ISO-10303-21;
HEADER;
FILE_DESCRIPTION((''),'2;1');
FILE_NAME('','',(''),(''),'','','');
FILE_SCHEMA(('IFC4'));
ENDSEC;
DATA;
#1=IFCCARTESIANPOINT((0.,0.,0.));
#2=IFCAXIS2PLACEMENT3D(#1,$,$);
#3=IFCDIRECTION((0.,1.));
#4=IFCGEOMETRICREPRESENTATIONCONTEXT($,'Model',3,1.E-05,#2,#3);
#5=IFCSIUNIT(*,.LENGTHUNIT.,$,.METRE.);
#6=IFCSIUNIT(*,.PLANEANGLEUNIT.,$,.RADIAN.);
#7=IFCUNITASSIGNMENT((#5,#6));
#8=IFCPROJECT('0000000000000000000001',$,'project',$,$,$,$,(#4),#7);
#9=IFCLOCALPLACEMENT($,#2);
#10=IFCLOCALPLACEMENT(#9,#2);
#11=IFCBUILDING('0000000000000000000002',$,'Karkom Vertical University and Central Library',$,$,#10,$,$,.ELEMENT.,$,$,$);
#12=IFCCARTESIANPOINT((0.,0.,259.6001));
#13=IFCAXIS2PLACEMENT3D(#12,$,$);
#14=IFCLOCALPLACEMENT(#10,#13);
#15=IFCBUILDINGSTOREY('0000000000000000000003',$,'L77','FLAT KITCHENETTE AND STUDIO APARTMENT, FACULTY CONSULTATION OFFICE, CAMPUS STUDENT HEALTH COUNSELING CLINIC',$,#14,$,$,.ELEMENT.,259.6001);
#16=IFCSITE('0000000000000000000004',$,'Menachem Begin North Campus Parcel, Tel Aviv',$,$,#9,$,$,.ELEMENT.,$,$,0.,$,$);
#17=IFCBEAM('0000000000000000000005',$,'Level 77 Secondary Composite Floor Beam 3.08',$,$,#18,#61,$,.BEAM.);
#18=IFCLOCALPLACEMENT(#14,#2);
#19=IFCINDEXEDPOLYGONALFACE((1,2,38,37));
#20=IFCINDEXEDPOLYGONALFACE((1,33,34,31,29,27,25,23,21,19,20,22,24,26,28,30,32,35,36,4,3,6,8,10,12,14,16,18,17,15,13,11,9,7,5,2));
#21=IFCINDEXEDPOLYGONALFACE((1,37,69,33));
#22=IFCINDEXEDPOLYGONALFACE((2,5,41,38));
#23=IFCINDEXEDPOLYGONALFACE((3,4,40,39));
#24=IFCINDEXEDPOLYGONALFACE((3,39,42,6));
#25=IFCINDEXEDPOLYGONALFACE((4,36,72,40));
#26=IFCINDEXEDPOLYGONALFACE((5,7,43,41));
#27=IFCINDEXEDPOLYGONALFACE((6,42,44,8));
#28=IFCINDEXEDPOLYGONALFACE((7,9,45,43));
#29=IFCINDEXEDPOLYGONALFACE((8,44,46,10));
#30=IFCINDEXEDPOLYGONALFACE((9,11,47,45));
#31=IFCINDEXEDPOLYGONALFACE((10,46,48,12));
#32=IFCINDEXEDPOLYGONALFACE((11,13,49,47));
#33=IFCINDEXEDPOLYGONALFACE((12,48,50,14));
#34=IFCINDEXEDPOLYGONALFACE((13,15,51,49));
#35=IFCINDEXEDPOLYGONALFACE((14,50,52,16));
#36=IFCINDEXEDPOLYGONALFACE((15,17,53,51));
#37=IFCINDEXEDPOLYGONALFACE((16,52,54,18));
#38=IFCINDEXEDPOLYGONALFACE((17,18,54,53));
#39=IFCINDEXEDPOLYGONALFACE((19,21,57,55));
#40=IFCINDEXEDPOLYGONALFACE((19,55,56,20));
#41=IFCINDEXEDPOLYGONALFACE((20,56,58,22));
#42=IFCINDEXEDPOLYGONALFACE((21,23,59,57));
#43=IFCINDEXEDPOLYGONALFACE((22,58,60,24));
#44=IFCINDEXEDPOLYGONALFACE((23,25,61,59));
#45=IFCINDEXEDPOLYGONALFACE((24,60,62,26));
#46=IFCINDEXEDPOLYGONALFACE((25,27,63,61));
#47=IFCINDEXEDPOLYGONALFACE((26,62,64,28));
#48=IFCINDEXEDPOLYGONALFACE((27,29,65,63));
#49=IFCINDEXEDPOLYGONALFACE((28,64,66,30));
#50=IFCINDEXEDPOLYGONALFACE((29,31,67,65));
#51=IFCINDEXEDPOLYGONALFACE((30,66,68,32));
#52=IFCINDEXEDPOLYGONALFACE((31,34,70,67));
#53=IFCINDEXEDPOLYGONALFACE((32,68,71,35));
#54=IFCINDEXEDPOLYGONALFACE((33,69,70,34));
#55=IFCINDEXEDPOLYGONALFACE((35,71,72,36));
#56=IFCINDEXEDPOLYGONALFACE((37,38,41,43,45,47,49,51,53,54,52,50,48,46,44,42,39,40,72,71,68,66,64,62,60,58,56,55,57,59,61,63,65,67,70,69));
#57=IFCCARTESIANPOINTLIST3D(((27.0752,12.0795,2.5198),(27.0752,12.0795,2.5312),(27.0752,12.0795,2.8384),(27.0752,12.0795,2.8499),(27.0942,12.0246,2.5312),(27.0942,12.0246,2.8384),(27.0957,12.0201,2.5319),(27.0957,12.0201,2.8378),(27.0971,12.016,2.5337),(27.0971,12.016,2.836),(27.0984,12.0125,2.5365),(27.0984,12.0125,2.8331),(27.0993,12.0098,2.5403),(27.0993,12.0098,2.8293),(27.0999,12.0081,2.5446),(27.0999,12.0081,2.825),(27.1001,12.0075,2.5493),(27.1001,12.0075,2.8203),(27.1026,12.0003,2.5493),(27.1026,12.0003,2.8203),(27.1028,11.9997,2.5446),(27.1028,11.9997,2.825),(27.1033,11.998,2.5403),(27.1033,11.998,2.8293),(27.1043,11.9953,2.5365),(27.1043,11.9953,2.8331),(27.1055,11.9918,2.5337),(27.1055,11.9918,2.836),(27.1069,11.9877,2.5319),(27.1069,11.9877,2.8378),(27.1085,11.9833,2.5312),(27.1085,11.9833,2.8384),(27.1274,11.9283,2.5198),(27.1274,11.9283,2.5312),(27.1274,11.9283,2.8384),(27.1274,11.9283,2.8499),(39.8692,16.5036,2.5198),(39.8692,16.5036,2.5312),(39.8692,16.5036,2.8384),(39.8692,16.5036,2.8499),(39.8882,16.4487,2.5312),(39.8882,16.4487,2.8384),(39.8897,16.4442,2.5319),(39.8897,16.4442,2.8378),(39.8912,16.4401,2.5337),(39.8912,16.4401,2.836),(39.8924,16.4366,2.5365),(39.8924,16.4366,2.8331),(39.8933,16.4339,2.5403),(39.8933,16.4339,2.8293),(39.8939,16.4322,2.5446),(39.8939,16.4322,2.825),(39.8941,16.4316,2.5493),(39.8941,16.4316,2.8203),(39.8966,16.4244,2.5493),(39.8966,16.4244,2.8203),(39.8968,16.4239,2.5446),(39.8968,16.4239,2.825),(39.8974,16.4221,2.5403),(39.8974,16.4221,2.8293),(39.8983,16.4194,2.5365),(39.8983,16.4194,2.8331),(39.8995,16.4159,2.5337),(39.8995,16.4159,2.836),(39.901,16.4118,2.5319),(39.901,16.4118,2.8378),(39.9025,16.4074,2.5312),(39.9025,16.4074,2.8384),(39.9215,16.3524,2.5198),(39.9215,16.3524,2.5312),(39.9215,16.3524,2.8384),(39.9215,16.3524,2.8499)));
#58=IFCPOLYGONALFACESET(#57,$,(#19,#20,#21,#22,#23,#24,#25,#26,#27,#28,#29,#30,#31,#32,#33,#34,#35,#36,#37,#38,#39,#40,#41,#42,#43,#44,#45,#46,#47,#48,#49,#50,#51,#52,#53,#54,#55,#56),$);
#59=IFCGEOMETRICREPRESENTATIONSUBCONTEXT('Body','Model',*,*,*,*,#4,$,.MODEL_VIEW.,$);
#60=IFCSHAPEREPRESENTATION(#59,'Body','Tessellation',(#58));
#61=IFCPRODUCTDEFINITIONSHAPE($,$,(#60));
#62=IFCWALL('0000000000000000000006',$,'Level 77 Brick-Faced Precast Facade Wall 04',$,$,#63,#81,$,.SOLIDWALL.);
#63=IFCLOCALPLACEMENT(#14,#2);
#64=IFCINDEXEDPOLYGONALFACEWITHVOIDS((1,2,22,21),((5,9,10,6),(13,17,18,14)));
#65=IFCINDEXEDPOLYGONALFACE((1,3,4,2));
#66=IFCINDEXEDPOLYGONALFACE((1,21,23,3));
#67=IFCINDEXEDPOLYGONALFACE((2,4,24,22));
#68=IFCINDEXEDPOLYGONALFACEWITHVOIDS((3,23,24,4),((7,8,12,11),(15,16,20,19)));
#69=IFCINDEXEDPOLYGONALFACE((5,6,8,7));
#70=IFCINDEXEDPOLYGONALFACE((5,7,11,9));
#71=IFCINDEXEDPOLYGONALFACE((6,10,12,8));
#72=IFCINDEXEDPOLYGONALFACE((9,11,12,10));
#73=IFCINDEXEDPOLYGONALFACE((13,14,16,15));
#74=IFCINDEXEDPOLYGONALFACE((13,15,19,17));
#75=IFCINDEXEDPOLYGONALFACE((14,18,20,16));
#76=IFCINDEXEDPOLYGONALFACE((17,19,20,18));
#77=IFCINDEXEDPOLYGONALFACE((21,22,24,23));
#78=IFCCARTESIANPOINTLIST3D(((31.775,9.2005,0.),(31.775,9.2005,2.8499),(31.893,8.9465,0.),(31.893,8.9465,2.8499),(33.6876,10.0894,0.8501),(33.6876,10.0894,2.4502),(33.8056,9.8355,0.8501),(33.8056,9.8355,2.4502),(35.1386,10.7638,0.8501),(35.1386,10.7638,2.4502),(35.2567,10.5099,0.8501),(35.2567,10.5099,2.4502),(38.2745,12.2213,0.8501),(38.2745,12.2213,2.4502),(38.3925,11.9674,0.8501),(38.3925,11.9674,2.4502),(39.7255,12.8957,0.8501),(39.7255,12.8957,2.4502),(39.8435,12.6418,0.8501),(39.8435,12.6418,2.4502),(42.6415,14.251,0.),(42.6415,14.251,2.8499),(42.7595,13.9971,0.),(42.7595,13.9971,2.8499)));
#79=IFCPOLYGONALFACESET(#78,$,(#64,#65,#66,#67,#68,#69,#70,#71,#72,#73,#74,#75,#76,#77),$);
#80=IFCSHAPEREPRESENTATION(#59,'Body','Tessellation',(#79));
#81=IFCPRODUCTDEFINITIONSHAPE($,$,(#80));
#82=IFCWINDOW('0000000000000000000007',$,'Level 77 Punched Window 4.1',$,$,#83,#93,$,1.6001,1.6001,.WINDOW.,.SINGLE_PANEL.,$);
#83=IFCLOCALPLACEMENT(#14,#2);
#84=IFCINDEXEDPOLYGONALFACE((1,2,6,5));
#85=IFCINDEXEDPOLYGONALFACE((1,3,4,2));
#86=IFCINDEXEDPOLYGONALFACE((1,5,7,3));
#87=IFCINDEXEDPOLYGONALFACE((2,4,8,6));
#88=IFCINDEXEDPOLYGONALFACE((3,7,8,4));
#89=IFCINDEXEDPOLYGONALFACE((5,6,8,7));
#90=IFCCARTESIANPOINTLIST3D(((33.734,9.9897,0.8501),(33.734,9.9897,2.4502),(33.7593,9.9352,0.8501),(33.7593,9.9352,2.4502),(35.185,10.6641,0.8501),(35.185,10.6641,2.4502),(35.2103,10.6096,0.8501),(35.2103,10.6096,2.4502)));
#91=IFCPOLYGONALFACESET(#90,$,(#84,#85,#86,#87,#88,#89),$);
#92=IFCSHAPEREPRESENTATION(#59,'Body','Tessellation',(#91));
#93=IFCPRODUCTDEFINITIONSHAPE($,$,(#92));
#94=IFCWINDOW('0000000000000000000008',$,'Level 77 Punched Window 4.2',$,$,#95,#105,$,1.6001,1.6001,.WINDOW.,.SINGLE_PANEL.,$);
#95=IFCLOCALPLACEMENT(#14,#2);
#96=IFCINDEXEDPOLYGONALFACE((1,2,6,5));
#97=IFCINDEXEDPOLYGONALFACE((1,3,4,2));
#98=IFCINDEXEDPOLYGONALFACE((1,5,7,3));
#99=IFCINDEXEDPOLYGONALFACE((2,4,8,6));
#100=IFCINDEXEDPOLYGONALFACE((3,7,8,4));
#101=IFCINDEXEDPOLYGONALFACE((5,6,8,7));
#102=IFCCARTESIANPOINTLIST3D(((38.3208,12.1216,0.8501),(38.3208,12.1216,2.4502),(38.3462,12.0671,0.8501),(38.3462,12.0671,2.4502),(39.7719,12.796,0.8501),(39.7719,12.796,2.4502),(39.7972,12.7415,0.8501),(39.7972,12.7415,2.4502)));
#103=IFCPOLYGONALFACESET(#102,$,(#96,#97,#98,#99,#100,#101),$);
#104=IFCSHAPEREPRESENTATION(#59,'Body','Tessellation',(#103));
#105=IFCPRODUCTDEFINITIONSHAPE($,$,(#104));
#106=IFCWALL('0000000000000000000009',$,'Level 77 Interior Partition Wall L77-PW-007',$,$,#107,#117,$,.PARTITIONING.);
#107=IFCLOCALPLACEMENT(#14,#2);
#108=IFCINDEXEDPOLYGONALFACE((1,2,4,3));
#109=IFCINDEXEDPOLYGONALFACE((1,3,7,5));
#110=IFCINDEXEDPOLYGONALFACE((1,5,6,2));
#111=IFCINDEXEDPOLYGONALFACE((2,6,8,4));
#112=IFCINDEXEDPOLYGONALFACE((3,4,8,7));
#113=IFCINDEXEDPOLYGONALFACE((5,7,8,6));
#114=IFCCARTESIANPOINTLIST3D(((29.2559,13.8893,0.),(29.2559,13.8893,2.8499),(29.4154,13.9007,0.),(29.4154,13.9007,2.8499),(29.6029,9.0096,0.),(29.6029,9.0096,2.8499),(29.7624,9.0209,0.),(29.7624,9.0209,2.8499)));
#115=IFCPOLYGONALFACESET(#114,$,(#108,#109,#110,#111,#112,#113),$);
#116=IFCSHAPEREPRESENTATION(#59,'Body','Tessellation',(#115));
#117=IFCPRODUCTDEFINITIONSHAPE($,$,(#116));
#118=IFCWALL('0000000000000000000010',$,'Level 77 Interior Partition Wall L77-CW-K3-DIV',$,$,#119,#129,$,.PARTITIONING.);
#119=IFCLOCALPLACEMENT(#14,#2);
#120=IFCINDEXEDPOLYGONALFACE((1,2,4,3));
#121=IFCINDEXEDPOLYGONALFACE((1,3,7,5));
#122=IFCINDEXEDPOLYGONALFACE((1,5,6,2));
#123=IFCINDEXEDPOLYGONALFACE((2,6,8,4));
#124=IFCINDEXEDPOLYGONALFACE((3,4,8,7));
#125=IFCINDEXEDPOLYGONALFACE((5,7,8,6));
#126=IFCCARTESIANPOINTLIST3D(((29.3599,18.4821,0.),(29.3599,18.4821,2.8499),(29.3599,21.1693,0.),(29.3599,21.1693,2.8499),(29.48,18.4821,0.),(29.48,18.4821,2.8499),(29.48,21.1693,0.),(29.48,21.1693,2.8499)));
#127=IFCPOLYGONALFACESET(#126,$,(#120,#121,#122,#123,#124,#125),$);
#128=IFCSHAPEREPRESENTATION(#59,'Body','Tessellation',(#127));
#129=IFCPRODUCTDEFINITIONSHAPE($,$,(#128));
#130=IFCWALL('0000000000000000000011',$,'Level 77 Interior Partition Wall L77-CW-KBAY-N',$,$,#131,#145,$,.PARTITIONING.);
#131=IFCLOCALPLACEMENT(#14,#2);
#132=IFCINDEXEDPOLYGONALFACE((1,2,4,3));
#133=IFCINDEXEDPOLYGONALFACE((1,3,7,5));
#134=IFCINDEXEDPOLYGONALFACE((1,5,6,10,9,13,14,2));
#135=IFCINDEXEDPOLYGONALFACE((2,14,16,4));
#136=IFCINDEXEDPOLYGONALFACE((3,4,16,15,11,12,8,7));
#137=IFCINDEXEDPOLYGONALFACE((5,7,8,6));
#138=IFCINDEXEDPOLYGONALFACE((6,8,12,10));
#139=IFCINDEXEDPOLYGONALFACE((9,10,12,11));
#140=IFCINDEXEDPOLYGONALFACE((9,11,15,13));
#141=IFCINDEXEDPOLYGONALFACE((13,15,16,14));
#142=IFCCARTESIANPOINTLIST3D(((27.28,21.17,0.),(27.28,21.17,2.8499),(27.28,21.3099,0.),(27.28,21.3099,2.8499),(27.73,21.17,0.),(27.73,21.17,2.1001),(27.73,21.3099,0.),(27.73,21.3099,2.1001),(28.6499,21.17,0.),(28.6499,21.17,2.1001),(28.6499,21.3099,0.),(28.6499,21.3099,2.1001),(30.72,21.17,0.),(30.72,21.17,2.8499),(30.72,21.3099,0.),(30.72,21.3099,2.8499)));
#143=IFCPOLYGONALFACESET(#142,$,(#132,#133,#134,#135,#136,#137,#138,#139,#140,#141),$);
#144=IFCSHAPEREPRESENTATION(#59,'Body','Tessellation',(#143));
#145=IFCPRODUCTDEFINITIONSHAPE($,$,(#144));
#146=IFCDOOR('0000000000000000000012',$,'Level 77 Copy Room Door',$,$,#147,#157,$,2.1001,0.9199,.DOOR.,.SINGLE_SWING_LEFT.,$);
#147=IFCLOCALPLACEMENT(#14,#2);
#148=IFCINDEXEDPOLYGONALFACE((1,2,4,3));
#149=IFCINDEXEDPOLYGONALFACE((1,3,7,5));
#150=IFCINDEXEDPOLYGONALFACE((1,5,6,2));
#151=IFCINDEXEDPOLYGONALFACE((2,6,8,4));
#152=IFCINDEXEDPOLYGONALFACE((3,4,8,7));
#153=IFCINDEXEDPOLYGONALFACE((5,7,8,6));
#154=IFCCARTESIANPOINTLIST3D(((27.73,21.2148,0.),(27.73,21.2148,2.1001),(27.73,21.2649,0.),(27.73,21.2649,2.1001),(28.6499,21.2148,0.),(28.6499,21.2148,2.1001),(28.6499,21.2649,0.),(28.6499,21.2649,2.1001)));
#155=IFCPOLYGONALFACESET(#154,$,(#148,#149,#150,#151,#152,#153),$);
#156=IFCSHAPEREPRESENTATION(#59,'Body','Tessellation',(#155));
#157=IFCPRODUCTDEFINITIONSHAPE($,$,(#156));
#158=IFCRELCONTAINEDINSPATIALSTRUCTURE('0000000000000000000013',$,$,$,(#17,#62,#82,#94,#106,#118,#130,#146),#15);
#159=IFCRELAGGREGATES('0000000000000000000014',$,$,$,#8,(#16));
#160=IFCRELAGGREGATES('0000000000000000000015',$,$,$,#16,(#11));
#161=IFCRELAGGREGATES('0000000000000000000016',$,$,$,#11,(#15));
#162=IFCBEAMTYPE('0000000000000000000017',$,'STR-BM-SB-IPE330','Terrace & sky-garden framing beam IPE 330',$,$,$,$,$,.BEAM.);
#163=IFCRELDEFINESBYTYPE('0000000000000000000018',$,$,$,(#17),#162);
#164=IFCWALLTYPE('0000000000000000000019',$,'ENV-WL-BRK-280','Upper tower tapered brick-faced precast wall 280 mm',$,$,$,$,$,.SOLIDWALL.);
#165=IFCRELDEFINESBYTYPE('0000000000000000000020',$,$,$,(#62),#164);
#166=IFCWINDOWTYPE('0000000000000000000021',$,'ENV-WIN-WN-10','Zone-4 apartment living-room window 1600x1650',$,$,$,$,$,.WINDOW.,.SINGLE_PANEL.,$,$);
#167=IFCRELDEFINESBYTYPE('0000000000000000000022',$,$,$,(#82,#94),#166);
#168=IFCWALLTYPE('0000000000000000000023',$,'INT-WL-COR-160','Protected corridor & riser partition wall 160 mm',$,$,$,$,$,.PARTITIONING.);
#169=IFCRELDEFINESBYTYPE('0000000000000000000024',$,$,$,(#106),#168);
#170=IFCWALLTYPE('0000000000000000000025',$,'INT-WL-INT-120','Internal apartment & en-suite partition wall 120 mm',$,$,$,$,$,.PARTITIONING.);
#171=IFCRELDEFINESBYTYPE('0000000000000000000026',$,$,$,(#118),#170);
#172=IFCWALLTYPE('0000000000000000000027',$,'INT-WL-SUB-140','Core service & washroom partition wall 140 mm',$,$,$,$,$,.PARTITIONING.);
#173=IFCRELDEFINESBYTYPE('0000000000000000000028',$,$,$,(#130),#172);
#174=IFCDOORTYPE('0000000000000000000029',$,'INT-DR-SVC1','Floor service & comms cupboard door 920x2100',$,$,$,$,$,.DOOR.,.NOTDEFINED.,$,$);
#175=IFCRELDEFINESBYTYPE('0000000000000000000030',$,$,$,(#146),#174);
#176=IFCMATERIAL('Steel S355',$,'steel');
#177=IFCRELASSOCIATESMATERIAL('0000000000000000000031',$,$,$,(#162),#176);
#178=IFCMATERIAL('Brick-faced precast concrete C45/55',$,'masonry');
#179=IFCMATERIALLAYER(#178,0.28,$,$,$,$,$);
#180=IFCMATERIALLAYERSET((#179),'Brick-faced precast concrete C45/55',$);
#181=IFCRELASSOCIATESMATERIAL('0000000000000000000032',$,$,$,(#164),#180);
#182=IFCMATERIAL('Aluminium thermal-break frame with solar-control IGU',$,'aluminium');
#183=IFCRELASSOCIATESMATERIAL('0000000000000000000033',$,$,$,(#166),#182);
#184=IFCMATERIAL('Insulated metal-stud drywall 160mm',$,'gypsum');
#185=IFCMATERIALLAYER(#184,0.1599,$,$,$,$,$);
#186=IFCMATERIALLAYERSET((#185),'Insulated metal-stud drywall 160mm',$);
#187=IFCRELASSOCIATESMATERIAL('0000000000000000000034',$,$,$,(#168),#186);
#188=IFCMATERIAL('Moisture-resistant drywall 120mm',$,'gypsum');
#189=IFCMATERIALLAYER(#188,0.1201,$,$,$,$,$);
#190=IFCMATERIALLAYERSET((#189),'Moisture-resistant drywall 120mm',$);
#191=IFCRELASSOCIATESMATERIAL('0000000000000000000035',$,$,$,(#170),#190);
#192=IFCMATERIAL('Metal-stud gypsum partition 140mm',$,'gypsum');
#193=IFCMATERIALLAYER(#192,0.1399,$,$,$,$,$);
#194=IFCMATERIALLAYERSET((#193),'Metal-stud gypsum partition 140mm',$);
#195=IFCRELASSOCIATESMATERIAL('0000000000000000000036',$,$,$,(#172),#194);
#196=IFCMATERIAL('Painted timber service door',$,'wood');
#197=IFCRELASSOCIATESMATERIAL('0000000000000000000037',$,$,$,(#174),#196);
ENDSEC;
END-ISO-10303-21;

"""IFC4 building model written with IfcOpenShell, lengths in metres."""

from ifc_helpers import new_model, si_unit, direction, frame, frame_2d, origin, origin_with_axes, origin_2d, place, context, subcontext, project, spatial, rectangle, i_section, extrude, source, transform, mapped, material, layer, layer_set, material_profile, profile_set, type_object, element, fill, save


model = new_model("IFC4")

# Units and contexts
model_context = context("Model", 3, precision=1e-05, world=origin(), true_north=direction((0.0, 1.0)))
body_context = subcontext(model_context, "Body", "Model", "MODEL_VIEW")
ifc_project = project(units=[si_unit("LENGTHUNIT", "METRE"), si_unit("PLANEANGLEUNIT", "RADIAN")], contexts=[model_context])

# Site, building, storey
site_placement = place(None, origin())
site = spatial("IfcSite", under=ifc_project, at=site_placement, Name="Menachem Begin North Campus Parcel, Tel Aviv", CompositionType="ELEMENT", RefElevation=0.0)
building_placement = place(site_placement, origin())
building = spatial("IfcBuilding", under=site, at=building_placement, Name="Karkom Vertical University and Central Library", CompositionType="ELEMENT")
storey_placement = place(building_placement, frame((0.0, 0.0, 259.6001)))
storey = spatial("IfcBuildingStorey", under=building, at=storey_placement, Name="L77", Description="FLAT KITCHENETTE AND STUDIO APARTMENT, FACULTY CONSULTATION OFFICE, CAMPUS STUDENT HEALTH COUNSELING CLINIC", CompositionType="ELEMENT", Elevation=259.6001)

# Beam
ifc_material_1 = material(Name="Steel S355", Category="steel")
ifc_material_profile_1 = material_profile(ifc_material_1, i_section(OverallWidth=0.1599, OverallDepth=0.3301, WebThickness=0.0076, FlangeThickness=0.0115, FilletRadius=0.0181, at=origin_2d()), Name="IPE 330")
ifc_profile_set_1 = profile_set([ifc_material_profile_1], Name="Steel S355")
beam_type_1 = type_object("IfcBeamType", Name="STR-BM-SB-IPE330", Description="Terrace & sky-garden framing beam IPE 330", PredefinedType="BEAM", material=ifc_profile_set_1)
shared_shape_1 = source(origin_with_axes(), body_context, "Body", "SweptSolid", [
    extrude(i_section(OverallWidth=0.1599, OverallDepth=0.3301, WebThickness=0.0076, FlangeThickness=0.0115, FilletRadius=0.0181, at=origin_2d()), origin(), (0.0, 0.0, 1.0), 13.5374),
])
beam_1_placement = place(storey_placement, frame((27.1013, 12.0039, 2.6848), z_axis=(0.945091, 0.326807, 0.0), x_axis=(-0.326807, 0.945091, 0.0)))
element("IfcBeam", 1, at=beam_1_placement, inside=storey, type_object=beam_type_1, Name="Level 77 Secondary Composite Floor Beam 3.08", PredefinedType="BEAM", context=body_context, shape_type="MappedRepresentation", body=[
    mapped(shared_shape_1, transform((0.0, 0.0, 0.0), scale=1.0)),
])

# Wall, openings, windows
ifc_material_2 = material(Name="Brick-faced precast concrete C45/55", Category="masonry")
ifc_layer_1 = layer(ifc_material_2, 0.28)
ifc_layer_set_1 = layer_set([ifc_layer_1], Name="Brick-faced precast concrete C45/55")
wall_type_1 = type_object("IfcWallType", Name="ENV-WL-BRK-280", Description="Upper tower tapered brick-faced precast wall 280 mm", PredefinedType="SOLIDWALL", material=ifc_layer_set_1)
wall_1_placement = place(storey_placement, frame((31.834, 9.0735, 0.0), z_axis=(0.0, 0.0, 1.0), x_axis=(0.906837, 0.421482, 0.0)))
wall_1 = element("IfcWall", 2, at=wall_1_placement, inside=storey, type_object=wall_type_1, Name="Level 77 Brick-Faced Precast Facade Wall 04", PredefinedType="SOLIDWALL", context=body_context, shape_type="SweptSolid", body=[
    extrude(rectangle(XDim=11.9829, YDim=0.28, at=frame_2d((5.9915, 0.0))), origin(), (0.0, 0.0, 1.0), 2.8499),
])
opening_1_placement = place(wall_1_placement, frame((2.1091, 0.0, 0.8501)))
opening_1 = element("IfcOpeningElement", 3, at=opening_1_placement, cuts=wall_1, PredefinedType="OPENING", context=body_context, shape_type="SweptSolid", body=[
    extrude(rectangle(XDim=1.6001, YDim=1.6001, at=frame_2d((0.8, 0.8))), frame((0.0, 0.1499, 0.0), z_axis=(0.0, -1.0, 0.0), x_axis=(1.0, 0.0, 0.0)), (0.0, 0.0, 1.0), 0.3),
])
opening_2_placement = place(wall_1_placement, frame((7.1672, 0.0, 0.8501)))
opening_2 = element("IfcOpeningElement", 4, at=opening_2_placement, cuts=wall_1, PredefinedType="OPENING", context=body_context, shape_type="SweptSolid", body=[
    extrude(rectangle(XDim=1.6001, YDim=1.6001, at=frame_2d((0.8, 0.8))), frame((0.0, 0.1499, 0.0), z_axis=(0.0, -1.0, 0.0), x_axis=(1.0, 0.0, 0.0)), (0.0, 0.0, 1.0), 0.3),
])
ifc_material_3 = material(Name="Aluminium thermal-break frame with solar-control IGU", Category="aluminium")
window_type = type_object("IfcWindowType", Name="ENV-WIN-WN-10", Description="Zone-4 apartment living-room window 1600x1650", PartitioningType="SINGLE_PANEL", PredefinedType="WINDOW", material=ifc_material_3)
shared_shape_2 = source(origin_with_axes(), body_context, "Body", "SweptSolid", [
    extrude(rectangle(XDim=1.6001, YDim=1.6001, at=frame_2d((0.8, 0.8))), frame((0.0, 0.03, 0.0), z_axis=(0.0, -1.0, 0.0), x_axis=(1.0, 0.0, 0.0)), (0.0, 0.0, 1.0), 0.0601),
])
window_1_placement = place(opening_1_placement, origin())
window_1 = element("IfcWindow", 5, at=window_1_placement, inside=storey, type_object=window_type, Name="Level 77 Punched Window 4.1", OverallHeight=1.6001, OverallWidth=1.6001, PartitioningType="SINGLE_PANEL", PredefinedType="WINDOW", context=body_context, shape_type="MappedRepresentation", body=[
    mapped(shared_shape_2, transform((0.0, 0.0, 0.0), scale=1.0)),
])
fill(opening_1, window_1)
window_2_placement = place(opening_2_placement, origin())
window_2 = element("IfcWindow", 6, at=window_2_placement, inside=storey, type_object=window_type, Name="Level 77 Punched Window 4.2", OverallHeight=1.6001, OverallWidth=1.6001, PartitioningType="SINGLE_PANEL", PredefinedType="WINDOW", context=body_context, shape_type="MappedRepresentation", body=[
    mapped(shared_shape_2, transform((0.0, 0.0, 0.0), scale=1.0)),
])
fill(opening_2, window_2)

# Walls
ifc_material_4 = material(Name="Insulated metal-stud drywall 160mm", Category="gypsum")
ifc_layer_2 = layer(ifc_material_4, 0.1599)
ifc_layer_set_2 = layer_set([ifc_layer_2], Name="Insulated metal-stud drywall 160mm")
wall_type_2 = type_object("IfcWallType", Name="INT-WL-COR-160", Description="Protected corridor & riser partition wall 160 mm", PredefinedType="PARTITIONING", material=ifc_layer_set_2)
wall_2_placement = place(storey_placement, frame((29.3357, 13.895, 0.0), z_axis=(0.0, 0.0, 1.0), x_axis=(0.070914, -0.997482, 0.0)))
element("IfcWall", 7, at=wall_2_placement, inside=storey, type_object=wall_type_2, Name="Level 77 Interior Partition Wall L77-PW-007", PredefinedType="PARTITIONING", context=body_context, shape_type="SweptSolid", body=[
    extrude(rectangle(XDim=4.8921, YDim=0.1599, at=frame_2d((2.446, 0.0))), origin(), (0.0, 0.0, 1.0), 2.8499),
])
ifc_material_5 = material(Name="Moisture-resistant drywall 120mm", Category="gypsum")
ifc_layer_3 = layer(ifc_material_5, 0.1201)
ifc_layer_set_3 = layer_set([ifc_layer_3], Name="Moisture-resistant drywall 120mm")
wall_type_3 = type_object("IfcWallType", Name="INT-WL-INT-120", Description="Internal apartment & en-suite partition wall 120 mm", PredefinedType="PARTITIONING", material=ifc_layer_set_3)
wall_3_placement = place(storey_placement, frame((29.4199, 18.4819, 0.0), z_axis=(0.0, 0.0, 1.0), x_axis=(0.0, 1.0, 0.0)))
element("IfcWall", 8, at=wall_3_placement, inside=storey, type_object=wall_type_3, Name="Level 77 Interior Partition Wall L77-CW-K3-DIV", PredefinedType="PARTITIONING", context=body_context, shape_type="SweptSolid", body=[
    extrude(rectangle(XDim=2.6873, YDim=0.1201, at=frame_2d((1.3438, 0.0))), origin(), (0.0, 0.0, 1.0), 2.8499),
])

# Wall, opening, door
ifc_material_6 = material(Name="Metal-stud gypsum partition 140mm", Category="gypsum")
ifc_layer_4 = layer(ifc_material_6, 0.1399)
ifc_layer_set_4 = layer_set([ifc_layer_4], Name="Metal-stud gypsum partition 140mm")
wall_type_4 = type_object("IfcWallType", Name="INT-WL-SUB-140", Description="Core service & washroom partition wall 140 mm", PredefinedType="PARTITIONING", material=ifc_layer_set_4)
wall_4_placement = place(storey_placement, frame((27.28, 21.24, 0.0), z_axis=(0.0, 0.0, 1.0), x_axis=(1.0, 0.0, 0.0)))
wall_4 = element("IfcWall", 9, at=wall_4_placement, inside=storey, type_object=wall_type_4, Name="Level 77 Interior Partition Wall L77-CW-KBAY-N", PredefinedType="PARTITIONING", context=body_context, shape_type="SweptSolid", body=[
    extrude(rectangle(XDim=3.4399, YDim=0.1399, at=frame_2d((1.72, 0.0))), origin(), (0.0, 0.0, 1.0), 2.8499),
])
opening_3_placement = place(wall_4_placement, frame((0.45, 0.0, 0.0)))
opening_3 = element("IfcOpeningElement", 10, at=opening_3_placement, cuts=wall_4, PredefinedType="OPENING", context=body_context, shape_type="SweptSolid", body=[
    extrude(rectangle(XDim=0.9199, YDim=2.1001, at=frame_2d((0.46, 1.05))), frame((0.0, 0.0801, 0.0), z_axis=(0.0, -1.0, 0.0), x_axis=(1.0, 0.0, 0.0)), (0.0, 0.0, 1.0), 0.1599),
])
ifc_material_7 = material(Name="Painted timber service door", Category="wood")
door_type_1 = type_object("IfcDoorType", Name="INT-DR-SVC1", Description="Floor service & comms cupboard door 920x2100", OperationType="NOTDEFINED", PredefinedType="DOOR", material=ifc_material_7)
shared_shape_3 = source(origin_with_axes(), body_context, "Body", "SweptSolid", [
    extrude(rectangle(XDim=0.9199, YDim=2.1001, at=frame_2d((0.46, 1.05))), frame((0.0, 0.0249, 0.0), z_axis=(0.0, -1.0, 0.0), x_axis=(1.0, 0.0, 0.0)), (0.0, 0.0, 1.0), 0.05),
])
door_1_placement = place(opening_3_placement, origin())
door_1 = element("IfcDoor", 11, at=door_1_placement, inside=storey, type_object=door_type_1, Name="Level 77 Copy Room Door", OperationType="SINGLE_SWING_LEFT", OverallHeight=2.1001, OverallWidth=0.9199, PredefinedType="DOOR", context=body_context, shape_type="MappedRepresentation", body=[
    mapped(shared_shape_3, transform((0.0, 0.0, 0.0), scale=1.0)),
])
fill(opening_3, door_1)

save(model, "model.ifc")
